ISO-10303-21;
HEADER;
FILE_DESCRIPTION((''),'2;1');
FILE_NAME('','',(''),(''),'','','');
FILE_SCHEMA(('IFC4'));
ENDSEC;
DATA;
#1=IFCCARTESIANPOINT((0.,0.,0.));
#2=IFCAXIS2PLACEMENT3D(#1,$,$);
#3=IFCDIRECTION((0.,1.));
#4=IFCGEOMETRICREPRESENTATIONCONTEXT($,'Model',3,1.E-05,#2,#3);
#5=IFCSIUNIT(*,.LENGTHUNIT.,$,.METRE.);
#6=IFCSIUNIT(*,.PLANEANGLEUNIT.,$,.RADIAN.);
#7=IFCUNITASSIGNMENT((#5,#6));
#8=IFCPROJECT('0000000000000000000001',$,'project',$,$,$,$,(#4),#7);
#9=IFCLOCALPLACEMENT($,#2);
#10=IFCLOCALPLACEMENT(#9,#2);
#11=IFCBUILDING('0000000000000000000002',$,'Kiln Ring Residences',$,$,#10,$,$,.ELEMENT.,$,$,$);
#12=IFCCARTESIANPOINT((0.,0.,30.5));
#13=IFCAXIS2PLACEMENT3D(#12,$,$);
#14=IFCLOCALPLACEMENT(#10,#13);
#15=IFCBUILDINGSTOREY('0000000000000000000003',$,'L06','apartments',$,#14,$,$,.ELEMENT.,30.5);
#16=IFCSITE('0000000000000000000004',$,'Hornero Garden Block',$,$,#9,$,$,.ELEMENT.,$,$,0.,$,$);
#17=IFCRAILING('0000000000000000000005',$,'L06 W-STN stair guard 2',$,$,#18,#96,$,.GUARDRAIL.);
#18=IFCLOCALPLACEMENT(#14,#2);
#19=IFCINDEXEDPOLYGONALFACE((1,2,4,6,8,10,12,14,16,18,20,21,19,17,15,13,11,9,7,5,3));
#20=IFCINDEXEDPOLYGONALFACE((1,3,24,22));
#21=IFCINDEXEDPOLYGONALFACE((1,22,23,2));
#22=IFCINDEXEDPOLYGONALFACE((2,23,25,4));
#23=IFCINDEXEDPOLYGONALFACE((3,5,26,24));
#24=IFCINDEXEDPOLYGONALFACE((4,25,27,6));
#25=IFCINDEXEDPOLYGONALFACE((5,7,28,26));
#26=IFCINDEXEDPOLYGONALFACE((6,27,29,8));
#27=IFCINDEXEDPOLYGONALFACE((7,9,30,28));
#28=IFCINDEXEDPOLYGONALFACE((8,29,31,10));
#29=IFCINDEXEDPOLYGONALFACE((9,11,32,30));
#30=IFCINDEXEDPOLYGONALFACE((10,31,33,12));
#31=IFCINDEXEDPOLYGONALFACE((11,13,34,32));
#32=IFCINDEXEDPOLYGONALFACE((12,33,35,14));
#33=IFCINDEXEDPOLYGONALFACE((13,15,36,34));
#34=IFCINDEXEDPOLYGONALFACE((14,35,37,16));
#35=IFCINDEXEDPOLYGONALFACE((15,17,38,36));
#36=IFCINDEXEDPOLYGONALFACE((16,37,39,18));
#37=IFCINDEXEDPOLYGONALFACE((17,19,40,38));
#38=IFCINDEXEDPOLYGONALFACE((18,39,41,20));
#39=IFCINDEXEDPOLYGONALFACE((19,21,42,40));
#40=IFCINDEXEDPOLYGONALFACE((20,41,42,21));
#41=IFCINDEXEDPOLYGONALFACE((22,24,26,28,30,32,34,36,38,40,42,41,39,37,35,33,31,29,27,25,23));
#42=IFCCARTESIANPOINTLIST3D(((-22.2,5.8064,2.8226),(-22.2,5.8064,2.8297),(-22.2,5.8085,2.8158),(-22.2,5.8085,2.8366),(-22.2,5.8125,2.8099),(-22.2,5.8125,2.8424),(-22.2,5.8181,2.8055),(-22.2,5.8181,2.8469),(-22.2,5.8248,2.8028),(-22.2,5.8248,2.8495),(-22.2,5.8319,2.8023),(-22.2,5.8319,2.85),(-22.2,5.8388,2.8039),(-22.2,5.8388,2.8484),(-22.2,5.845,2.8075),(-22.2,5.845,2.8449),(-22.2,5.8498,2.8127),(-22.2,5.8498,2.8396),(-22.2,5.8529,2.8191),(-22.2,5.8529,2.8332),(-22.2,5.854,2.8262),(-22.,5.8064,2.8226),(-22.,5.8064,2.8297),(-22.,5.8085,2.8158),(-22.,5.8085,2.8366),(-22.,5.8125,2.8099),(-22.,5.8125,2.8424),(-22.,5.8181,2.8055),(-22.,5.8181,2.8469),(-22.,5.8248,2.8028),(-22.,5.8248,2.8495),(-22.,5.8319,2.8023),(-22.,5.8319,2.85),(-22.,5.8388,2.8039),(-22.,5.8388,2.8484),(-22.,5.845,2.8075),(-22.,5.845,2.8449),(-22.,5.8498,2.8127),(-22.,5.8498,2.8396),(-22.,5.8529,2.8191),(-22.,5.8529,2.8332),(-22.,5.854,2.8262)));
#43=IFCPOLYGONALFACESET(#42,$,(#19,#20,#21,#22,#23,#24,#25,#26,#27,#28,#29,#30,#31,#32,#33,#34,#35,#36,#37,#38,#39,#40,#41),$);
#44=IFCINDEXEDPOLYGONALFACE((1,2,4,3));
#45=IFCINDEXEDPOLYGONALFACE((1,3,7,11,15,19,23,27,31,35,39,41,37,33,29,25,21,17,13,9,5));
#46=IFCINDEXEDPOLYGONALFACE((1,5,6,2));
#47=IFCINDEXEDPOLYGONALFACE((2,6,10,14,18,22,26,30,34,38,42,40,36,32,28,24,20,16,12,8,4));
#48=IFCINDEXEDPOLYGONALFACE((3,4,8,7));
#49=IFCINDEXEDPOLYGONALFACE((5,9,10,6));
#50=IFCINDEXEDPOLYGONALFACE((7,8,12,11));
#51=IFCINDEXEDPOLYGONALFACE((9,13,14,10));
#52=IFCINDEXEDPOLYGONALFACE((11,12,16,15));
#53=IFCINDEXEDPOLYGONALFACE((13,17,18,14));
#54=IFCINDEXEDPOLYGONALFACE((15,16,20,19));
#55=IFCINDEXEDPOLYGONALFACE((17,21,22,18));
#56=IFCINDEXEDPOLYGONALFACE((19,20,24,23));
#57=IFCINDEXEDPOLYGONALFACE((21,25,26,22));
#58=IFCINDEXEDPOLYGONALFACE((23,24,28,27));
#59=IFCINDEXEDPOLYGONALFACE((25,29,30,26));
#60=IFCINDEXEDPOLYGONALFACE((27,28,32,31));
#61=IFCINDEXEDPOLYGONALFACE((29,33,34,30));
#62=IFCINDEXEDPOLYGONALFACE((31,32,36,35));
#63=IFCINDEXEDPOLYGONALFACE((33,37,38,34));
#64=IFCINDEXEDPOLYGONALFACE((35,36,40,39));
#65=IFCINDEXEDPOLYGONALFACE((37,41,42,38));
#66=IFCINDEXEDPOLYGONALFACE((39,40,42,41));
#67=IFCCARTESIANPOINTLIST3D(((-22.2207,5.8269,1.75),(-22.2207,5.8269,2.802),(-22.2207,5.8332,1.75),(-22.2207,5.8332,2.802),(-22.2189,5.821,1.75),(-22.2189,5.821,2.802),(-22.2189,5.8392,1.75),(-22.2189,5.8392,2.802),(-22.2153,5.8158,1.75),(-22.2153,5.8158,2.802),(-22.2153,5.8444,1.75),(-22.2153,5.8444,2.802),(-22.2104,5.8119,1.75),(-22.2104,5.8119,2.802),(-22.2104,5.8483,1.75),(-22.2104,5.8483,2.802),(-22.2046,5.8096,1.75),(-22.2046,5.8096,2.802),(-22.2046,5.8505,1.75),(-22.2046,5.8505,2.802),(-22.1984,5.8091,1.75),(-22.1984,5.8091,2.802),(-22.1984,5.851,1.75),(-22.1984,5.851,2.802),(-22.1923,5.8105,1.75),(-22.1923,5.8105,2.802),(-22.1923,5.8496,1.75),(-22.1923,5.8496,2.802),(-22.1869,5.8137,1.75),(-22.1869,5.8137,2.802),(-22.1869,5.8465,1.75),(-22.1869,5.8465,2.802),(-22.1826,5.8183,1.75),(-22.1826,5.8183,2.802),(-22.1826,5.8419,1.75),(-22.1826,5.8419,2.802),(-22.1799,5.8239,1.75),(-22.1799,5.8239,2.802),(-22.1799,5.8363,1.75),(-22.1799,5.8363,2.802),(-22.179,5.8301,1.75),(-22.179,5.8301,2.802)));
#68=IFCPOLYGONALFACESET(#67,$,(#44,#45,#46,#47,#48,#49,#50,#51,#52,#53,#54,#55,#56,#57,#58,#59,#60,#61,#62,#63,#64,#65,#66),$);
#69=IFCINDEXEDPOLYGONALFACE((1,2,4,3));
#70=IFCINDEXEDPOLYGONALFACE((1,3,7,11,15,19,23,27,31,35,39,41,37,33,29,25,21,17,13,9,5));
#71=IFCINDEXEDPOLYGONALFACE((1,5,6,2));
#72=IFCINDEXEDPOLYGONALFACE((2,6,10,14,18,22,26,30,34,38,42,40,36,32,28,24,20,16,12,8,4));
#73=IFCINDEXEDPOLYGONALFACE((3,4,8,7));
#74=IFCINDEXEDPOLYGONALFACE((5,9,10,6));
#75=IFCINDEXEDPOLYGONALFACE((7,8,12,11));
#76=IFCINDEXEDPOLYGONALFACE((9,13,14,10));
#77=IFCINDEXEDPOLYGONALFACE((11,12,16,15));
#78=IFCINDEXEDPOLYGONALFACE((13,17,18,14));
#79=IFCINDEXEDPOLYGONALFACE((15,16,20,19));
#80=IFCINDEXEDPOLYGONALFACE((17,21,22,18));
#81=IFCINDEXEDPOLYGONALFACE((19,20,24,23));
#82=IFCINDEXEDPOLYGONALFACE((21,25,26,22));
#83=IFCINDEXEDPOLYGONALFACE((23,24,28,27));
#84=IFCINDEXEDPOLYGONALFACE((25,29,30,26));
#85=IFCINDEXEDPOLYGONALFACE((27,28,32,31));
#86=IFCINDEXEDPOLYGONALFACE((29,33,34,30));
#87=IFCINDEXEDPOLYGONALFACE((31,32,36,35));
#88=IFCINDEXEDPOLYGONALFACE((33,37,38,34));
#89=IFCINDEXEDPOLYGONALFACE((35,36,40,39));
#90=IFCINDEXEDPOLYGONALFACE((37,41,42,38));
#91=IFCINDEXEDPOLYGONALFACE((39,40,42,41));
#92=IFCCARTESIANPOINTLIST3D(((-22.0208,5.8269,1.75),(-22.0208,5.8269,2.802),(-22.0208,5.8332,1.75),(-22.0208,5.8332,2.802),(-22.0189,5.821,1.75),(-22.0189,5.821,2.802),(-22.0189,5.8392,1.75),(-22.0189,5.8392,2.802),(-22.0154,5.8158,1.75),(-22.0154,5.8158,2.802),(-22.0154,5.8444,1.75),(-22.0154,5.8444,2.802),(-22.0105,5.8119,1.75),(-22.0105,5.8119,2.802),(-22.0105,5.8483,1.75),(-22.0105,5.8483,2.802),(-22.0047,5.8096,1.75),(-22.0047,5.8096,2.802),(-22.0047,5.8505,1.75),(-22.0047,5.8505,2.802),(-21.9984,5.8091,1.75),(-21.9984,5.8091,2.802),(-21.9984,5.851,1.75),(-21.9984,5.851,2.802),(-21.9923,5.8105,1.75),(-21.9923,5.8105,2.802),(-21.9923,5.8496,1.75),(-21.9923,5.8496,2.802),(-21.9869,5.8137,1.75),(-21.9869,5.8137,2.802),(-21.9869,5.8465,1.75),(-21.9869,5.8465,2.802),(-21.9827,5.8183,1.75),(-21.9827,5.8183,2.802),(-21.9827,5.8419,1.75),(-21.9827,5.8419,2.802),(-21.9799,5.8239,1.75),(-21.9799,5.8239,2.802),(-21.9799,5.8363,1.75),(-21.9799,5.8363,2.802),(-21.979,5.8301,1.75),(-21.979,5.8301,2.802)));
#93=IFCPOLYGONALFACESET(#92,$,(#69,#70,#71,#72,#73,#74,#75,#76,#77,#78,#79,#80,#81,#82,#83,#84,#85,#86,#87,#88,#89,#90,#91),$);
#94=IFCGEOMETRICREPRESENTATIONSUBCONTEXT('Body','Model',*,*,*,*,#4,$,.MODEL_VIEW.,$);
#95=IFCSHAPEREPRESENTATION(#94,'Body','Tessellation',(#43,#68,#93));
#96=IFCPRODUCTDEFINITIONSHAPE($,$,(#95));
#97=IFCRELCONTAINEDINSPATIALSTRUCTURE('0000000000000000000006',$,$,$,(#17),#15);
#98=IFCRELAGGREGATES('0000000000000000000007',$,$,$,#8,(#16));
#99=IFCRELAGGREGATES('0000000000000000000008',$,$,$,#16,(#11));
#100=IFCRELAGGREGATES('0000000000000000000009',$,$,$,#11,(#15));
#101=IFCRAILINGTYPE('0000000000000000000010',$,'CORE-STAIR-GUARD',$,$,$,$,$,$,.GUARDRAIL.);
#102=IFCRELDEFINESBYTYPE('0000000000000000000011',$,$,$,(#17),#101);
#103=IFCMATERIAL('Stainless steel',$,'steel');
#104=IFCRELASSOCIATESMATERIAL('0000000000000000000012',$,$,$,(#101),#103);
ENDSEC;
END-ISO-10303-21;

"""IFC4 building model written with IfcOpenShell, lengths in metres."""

from ifc_helpers import new_model, si_unit, direction, frame, origin, origin_2d, place, context, subcontext, project, spatial, circle, extrude, material, type_object, element, save


model = new_model("IFC4")

# Units and contexts
model_context = context("Model", 3, precision=1e-05, world=origin(), true_north=direction((0.0, 1.0)))
body_context = subcontext(model_context, "Body", "Model", "MODEL_VIEW")
ifc_project = project(units=[si_unit("LENGTHUNIT", "METRE"), si_unit("PLANEANGLEUNIT", "RADIAN")], contexts=[model_context])

# Site, building, storey
site_placement = place(None, origin())
site = spatial("IfcSite", under=ifc_project, at=site_placement, Name="Hornero Garden Block", CompositionType="ELEMENT", RefElevation=0.0)
building_placement = place(site_placement, origin())
building = spatial("IfcBuilding", under=site, at=building_placement, Name="Kiln Ring Residences", CompositionType="ELEMENT")
storey_placement = place(building_placement, frame((0.0, 0.0, 30.5)))
storey = spatial("IfcBuildingStorey", under=building, at=storey_placement, Name="L06", Description="apartments", CompositionType="ELEMENT", Elevation=30.5)

# Railing
ifc_material_1 = material(Name="Stainless steel", Category="steel")
railing_type_1 = type_object("IfcRailingType", Name="CORE-STAIR-GUARD", PredefinedType="GUARDRAIL", material=ifc_material_1)
railing_1_placement = place(storey_placement, frame((-22.2, 5.8301, 1.75)))
element("IfcRailing", 1, at=railing_1_placement, inside=storey, type_object=railing_type_1, Name="L06 W-STN stair guard 2", PredefinedType="GUARDRAIL", context=body_context, shape_type="SweptSolid", body=[
    extrude(circle(Radius=0.0239, at=origin_2d()), frame((0.0, 0.0, 1.0762), z_axis=(1.0, 0.0, 0.0), x_axis=(0.0, 1.0, 0.0)), (0.0, 0.0, 1.0), 0.2),
    extrude(circle(Radius=0.021, at=origin_2d()), origin(), (0.0, 0.0, 1.0), 1.052),
    extrude(circle(Radius=0.021, at=origin_2d()), frame((0.2, 0.0, 0.0)), (0.0, 0.0, 1.0), 1.052),
])

save(model, "model.ifc")
